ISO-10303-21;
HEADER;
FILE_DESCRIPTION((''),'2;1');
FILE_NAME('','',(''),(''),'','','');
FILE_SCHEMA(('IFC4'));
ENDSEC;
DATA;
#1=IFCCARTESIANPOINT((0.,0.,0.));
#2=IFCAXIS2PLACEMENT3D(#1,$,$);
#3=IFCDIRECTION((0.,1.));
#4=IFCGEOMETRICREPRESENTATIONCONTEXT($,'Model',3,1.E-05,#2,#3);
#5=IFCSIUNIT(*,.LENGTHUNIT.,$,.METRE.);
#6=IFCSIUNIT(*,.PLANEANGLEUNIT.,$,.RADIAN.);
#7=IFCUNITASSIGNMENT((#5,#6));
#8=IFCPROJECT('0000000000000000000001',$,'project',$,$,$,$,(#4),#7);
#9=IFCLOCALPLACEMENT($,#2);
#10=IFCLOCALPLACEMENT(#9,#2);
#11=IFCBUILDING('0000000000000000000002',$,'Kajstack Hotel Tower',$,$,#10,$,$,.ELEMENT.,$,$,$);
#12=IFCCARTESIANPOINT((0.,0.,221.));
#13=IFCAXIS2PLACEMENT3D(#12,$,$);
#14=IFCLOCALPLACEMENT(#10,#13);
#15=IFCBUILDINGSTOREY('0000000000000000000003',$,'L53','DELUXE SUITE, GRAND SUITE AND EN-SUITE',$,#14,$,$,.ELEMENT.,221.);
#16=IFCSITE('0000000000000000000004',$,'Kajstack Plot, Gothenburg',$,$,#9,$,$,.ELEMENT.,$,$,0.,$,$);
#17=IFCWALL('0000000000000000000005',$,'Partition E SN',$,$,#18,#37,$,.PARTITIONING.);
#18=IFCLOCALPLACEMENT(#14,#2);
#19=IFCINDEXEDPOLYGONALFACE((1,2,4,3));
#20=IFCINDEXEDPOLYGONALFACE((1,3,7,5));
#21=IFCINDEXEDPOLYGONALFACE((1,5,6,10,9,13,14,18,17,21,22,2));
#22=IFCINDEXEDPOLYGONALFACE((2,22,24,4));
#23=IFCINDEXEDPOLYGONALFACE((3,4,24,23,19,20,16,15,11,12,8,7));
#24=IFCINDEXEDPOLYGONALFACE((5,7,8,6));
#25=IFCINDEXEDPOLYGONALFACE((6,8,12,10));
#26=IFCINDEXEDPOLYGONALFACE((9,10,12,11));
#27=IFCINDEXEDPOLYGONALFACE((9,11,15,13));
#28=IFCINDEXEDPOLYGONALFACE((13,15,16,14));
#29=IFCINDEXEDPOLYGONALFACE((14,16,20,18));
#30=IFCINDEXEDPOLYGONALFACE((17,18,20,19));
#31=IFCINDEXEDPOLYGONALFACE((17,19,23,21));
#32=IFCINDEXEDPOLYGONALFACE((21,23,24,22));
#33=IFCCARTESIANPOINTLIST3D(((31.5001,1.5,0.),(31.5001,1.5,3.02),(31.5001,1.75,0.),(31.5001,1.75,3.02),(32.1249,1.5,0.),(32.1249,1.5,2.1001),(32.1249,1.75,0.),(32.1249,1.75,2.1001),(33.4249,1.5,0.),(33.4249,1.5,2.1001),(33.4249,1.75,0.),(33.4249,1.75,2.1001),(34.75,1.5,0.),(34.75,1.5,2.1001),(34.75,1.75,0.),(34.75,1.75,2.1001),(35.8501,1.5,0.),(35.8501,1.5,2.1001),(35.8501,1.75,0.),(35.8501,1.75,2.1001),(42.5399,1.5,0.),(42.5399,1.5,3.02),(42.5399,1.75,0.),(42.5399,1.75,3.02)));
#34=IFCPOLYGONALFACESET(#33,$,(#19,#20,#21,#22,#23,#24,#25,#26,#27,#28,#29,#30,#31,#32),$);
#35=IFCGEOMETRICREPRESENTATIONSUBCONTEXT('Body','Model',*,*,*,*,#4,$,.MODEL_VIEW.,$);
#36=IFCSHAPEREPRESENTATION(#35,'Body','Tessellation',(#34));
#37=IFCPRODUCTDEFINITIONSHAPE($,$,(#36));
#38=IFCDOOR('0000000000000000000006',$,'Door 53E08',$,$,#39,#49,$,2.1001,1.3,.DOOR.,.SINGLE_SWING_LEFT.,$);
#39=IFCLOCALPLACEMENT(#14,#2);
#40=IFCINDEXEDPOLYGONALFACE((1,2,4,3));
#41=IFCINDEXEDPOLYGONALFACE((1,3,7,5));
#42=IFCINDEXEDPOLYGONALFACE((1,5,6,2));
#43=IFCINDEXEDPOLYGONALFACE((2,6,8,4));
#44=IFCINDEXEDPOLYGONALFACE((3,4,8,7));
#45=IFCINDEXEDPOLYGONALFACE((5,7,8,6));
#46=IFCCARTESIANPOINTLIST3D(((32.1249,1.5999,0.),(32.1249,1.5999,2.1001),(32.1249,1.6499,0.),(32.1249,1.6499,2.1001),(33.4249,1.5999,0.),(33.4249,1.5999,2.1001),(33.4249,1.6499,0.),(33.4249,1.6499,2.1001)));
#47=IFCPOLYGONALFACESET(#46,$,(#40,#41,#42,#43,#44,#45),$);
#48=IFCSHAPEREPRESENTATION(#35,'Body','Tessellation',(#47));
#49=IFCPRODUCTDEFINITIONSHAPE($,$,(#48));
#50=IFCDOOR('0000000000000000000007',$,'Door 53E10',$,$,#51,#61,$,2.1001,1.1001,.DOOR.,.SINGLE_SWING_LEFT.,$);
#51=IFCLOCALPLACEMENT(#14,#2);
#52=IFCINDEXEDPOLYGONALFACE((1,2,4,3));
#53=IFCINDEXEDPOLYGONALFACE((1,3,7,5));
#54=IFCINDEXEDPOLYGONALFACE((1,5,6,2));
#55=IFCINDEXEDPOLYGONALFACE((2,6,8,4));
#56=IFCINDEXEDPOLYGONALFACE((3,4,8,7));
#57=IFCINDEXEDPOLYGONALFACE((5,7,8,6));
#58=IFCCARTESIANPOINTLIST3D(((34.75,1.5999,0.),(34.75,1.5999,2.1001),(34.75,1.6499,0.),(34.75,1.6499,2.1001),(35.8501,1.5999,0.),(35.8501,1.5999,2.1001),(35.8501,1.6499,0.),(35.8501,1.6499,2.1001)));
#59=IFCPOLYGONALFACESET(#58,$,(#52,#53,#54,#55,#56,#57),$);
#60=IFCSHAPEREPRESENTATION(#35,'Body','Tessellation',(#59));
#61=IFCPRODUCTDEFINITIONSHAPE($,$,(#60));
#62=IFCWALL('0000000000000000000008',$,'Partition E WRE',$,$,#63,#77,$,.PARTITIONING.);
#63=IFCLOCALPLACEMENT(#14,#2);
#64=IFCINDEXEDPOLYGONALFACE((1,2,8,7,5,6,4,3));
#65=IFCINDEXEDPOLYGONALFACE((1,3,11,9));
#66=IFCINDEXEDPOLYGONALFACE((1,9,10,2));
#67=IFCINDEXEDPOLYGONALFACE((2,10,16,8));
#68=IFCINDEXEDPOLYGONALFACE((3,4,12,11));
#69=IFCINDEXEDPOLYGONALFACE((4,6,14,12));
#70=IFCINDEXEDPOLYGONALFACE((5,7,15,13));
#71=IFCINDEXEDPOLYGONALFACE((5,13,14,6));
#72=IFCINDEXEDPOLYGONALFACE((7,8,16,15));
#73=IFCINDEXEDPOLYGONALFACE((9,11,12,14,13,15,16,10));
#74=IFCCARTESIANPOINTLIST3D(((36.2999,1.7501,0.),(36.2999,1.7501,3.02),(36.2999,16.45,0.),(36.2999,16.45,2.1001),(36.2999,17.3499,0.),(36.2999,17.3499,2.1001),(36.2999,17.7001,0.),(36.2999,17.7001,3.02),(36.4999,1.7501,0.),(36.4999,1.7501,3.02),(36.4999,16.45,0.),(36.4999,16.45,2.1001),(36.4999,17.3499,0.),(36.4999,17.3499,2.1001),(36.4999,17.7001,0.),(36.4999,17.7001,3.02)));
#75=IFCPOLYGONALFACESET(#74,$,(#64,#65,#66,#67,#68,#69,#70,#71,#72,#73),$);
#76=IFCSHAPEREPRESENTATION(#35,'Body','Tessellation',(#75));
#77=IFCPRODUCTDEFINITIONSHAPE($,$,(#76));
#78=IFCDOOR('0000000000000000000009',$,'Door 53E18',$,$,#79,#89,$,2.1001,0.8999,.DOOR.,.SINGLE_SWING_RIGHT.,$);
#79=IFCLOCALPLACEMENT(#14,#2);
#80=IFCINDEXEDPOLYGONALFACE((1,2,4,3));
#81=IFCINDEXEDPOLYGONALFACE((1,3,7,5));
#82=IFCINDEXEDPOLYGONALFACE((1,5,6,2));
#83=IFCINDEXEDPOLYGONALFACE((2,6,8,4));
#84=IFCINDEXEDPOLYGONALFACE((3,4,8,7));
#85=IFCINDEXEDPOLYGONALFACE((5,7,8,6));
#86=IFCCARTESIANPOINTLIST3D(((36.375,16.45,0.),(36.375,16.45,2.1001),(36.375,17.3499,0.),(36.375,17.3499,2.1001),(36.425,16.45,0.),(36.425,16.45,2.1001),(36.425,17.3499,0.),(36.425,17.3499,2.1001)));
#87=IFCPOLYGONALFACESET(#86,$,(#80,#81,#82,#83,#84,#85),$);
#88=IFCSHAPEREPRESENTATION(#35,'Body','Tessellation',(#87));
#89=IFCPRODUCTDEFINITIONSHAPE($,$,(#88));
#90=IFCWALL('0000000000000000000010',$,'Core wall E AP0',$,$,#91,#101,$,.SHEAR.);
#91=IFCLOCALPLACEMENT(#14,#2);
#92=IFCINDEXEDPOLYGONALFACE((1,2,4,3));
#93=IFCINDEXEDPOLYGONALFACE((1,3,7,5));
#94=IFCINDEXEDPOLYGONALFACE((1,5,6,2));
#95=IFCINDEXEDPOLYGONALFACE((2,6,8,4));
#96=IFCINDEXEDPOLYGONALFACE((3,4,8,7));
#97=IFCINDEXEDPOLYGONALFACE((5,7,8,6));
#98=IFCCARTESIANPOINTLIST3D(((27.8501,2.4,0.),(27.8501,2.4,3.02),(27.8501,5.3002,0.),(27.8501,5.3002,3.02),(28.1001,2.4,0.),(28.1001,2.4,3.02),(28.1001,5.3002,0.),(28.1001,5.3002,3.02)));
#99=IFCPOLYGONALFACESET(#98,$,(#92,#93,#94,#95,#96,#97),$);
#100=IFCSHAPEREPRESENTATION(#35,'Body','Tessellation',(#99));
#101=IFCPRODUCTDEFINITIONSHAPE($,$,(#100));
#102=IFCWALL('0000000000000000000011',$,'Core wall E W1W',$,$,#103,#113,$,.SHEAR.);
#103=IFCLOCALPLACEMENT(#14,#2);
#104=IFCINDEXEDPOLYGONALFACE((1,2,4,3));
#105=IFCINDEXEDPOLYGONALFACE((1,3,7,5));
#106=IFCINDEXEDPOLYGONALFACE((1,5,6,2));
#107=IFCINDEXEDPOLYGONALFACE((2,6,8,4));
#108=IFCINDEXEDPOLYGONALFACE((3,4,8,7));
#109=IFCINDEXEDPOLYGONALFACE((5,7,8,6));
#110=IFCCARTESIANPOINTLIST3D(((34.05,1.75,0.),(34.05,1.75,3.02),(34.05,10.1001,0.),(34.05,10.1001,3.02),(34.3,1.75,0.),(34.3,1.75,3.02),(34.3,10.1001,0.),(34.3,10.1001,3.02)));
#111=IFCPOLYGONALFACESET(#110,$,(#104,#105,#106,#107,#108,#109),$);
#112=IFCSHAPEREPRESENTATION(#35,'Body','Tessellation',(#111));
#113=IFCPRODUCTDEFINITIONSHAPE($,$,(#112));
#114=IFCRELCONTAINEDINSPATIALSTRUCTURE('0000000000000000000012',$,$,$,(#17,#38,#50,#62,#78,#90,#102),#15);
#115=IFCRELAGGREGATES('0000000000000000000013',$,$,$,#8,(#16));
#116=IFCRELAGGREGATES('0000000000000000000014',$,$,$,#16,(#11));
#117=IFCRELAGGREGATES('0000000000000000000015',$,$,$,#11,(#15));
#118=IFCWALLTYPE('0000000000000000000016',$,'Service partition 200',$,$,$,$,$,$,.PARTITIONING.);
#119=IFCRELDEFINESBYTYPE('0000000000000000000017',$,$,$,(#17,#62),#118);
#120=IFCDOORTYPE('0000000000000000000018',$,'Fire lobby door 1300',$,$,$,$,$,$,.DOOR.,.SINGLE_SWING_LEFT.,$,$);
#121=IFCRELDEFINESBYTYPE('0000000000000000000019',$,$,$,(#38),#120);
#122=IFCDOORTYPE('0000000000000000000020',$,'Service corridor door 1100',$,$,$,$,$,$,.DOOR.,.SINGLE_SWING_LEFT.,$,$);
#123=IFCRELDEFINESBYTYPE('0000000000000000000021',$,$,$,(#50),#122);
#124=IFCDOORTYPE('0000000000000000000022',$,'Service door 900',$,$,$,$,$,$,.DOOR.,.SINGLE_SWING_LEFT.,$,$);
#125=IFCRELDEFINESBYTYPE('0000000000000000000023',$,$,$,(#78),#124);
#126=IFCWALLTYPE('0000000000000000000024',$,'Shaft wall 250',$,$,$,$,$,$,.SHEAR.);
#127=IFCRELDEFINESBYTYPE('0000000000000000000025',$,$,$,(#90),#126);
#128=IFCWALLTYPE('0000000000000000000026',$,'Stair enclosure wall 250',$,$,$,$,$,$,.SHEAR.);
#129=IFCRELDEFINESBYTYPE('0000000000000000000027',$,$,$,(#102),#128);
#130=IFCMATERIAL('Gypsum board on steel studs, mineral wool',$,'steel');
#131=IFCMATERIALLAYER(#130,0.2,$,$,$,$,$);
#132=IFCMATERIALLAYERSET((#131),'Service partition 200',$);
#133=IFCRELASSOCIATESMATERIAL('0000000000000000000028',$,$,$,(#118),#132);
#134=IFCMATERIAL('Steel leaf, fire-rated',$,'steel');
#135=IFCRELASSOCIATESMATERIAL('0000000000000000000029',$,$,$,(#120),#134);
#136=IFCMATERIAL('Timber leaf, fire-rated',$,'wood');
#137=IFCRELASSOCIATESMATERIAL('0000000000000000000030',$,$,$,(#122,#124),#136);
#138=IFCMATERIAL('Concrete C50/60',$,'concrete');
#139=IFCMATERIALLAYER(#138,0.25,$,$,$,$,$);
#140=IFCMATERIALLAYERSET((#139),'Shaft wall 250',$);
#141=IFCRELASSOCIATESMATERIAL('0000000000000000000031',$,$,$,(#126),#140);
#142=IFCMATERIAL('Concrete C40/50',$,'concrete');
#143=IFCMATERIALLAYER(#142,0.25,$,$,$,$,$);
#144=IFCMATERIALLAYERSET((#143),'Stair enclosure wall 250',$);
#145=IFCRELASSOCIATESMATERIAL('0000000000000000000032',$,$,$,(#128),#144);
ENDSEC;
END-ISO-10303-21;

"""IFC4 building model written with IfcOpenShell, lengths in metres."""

from ifc_helpers import new_model, si_unit, direction, frame, frame_2d, origin, place, context, subcontext, project, spatial, rectangle, extrude, material, layer, layer_set, type_object, element, fill, save


model = new_model("IFC4")

# Units and contexts
model_context = context("Model", 3, precision=1e-05, world=origin(), true_north=direction((0.0, 1.0)))
body_context = subcontext(model_context, "Body", "Model", "MODEL_VIEW")
ifc_project = project(units=[si_unit("LENGTHUNIT", "METRE"), si_unit("PLANEANGLEUNIT", "RADIAN")], contexts=[model_context])

# Site, building, storey
site_placement = place(None, origin())
site = spatial("IfcSite", under=ifc_project, at=site_placement, Name="Kajstack Plot, Gothenburg", CompositionType="ELEMENT", RefElevation=0.0)
building_placement = place(site_placement, origin())
building = spatial("IfcBuilding", under=site, at=building_placement, Name="Kajstack Hotel Tower", CompositionType="ELEMENT")
storey_placement = place(building_placement, frame((0.0, 0.0, 221.0)))
storey = spatial("IfcBuildingStorey", under=building, at=storey_placement, Name="L53", Description="DELUXE SUITE, GRAND SUITE AND EN-SUITE", CompositionType="ELEMENT", Elevation=221.0)

# Shared definitions
ifc_material_1 = material(Name="Concrete C50/60", Category="concrete")

# Wall, openings, doors
ifc_material_2 = material(Name="Gypsum board on steel studs, mineral wool", Category="steel")
ifc_layer_1 = layer(ifc_material_2, 0.2)
ifc_layer_set_1 = layer_set([ifc_layer_1], Name="Service partition 200")
wall_type_1 = type_object("IfcWallType", Name="Service partition 200", PredefinedType="PARTITIONING", material=ifc_layer_set_1)
wall_1_placement = place(storey_placement, frame((31.5, 1.625, 0.0), z_axis=(0.0, 0.0, 1.0), x_axis=(1.0, 0.0, 0.0)))
wall_1 = element("IfcWall", 1, at=wall_1_placement, inside=storey, type_object=wall_type_1, Name="Partition E SN", PredefinedType="PARTITIONING", context=body_context, shape_type="SweptSolid", body=[
    extrude(rectangle(XDim=11.0398, YDim=0.25, at=frame_2d((5.52, 0.0))), origin(), (0.0, 0.0, 1.0), 3.02),
])
opening_1_placement = place(wall_1_placement, frame((0.625, 0.0, 0.0)))
opening_1 = element("IfcOpeningElement", 2, at=opening_1_placement, cuts=wall_1, PredefinedType="OPENING", context=body_context, shape_type="SweptSolid", body=[
    extrude(rectangle(XDim=1.3, YDim=2.1001, at=frame_2d((0.6499, 1.05))), frame((0.0, 0.135, 0.0), z_axis=(0.0, -1.0, 0.0), x_axis=(1.0, 0.0, 0.0)), (0.0, 0.0, 1.0), 0.27),
])
opening_2_placement = place(wall_1_placement, frame((3.25, 0.0, 0.0)))
opening_2 = element("IfcOpeningElement", 3, at=opening_2_placement, cuts=wall_1, PredefinedType="OPENING", context=body_context, shape_type="SweptSolid", body=[
    extrude(rectangle(XDim=1.1001, YDim=2.1001, at=frame_2d((0.55, 1.05))), frame((0.0, 0.135, 0.0), z_axis=(0.0, -1.0, 0.0), x_axis=(1.0, 0.0, 0.0)), (0.0, 0.0, 1.0), 0.27),
])
ifc_material_3 = material(Name="Steel leaf, fire-rated", Category="steel")
door_type_1 = type_object("IfcDoorType", Name="Fire lobby door 1300", OperationType="SINGLE_SWING_LEFT", PredefinedType="DOOR", material=ifc_material_3)
door_1_placement = place(opening_1_placement, origin())
door_1 = element("IfcDoor", 4, at=door_1_placement, inside=storey, type_object=door_type_1, Name="Door 53E08", OperationType="SINGLE_SWING_LEFT", OverallHeight=2.1001, OverallWidth=1.3, PredefinedType="DOOR", context=body_context, shape_type="SweptSolid", body=[
    extrude(rectangle(XDim=1.3, YDim=2.1001, at=frame_2d((0.6499, 1.05))), frame((0.0, 0.0249, 0.0), z_axis=(0.0, -1.0, 0.0), x_axis=(1.0, 0.0, 0.0)), (0.0, 0.0, 1.0), 0.05),
])
fill(opening_1, door_1)
ifc_material_4 = material(Name="Timber leaf, fire-rated", Category="wood")
door_type_2 = type_object("IfcDoorType", Name="Service corridor door 1100", OperationType="SINGLE_SWING_LEFT", PredefinedType="DOOR", material=ifc_material_4)
door_2_placement = place(opening_2_placement, origin())
door_2 = element("IfcDoor", 5, at=door_2_placement, inside=storey, type_object=door_type_2, Name="Door 53E10", OperationType="SINGLE_SWING_LEFT", OverallHeight=2.1001, OverallWidth=1.1001, PredefinedType="DOOR", context=body_context, shape_type="SweptSolid", body=[
    extrude(rectangle(XDim=1.1001, YDim=2.1001, at=frame_2d((0.55, 1.05))), frame((0.0, 0.0249, 0.0), z_axis=(0.0, -1.0, 0.0), x_axis=(1.0, 0.0, 0.0)), (0.0, 0.0, 1.0), 0.05),
])
fill(opening_2, door_2)

# Wall, opening, door
wall_2_placement = place(storey_placement, frame((36.3999, 1.75, 0.0), z_axis=(0.0, 0.0, 1.0), x_axis=(0.0, 1.0, 0.0)))
wall_2 = element("IfcWall", 6, at=wall_2_placement, inside=storey, type_object=wall_type_1, Name="Partition E WRE", PredefinedType="PARTITIONING", context=body_context, shape_type="SweptSolid", body=[
    extrude(rectangle(XDim=15.95, YDim=0.2, at=frame_2d((7.9751, 0.0))), origin(), (0.0, 0.0, 1.0), 3.02),
])
opening_3_placement = place(wall_2_placement, frame((14.7, 0.0, 0.0)))
opening_3 = element("IfcOpeningElement", 7, at=opening_3_placement, cuts=wall_2, PredefinedType="OPENING", context=body_context, shape_type="SweptSolid", body=[
    extrude(rectangle(XDim=0.8999, YDim=2.1001, at=frame_2d((0.45, 1.05))), frame((0.0, 0.1099, 0.0), z_axis=(0.0, -1.0, 0.0), x_axis=(1.0, 0.0, 0.0)), (0.0, 0.0, 1.0), 0.22),
])
door_type_3 = type_object("IfcDoorType", Name="Service door 900", OperationType="SINGLE_SWING_LEFT", PredefinedType="DOOR", material=ifc_material_4)
door_3_placement = place(opening_3_placement, origin())
door_3 = element("IfcDoor", 8, at=door_3_placement, inside=storey, type_object=door_type_3, Name="Door 53E18", OperationType="SINGLE_SWING_RIGHT", OverallHeight=2.1001, OverallWidth=0.8999, PredefinedType="DOOR", context=body_context, shape_type="SweptSolid", body=[
    extrude(rectangle(XDim=0.8999, YDim=2.1001, at=frame_2d((0.45, 1.05))), frame((0.0, 0.0249, 0.0), z_axis=(0.0, -1.0, 0.0), x_axis=(1.0, 0.0, 0.0)), (0.0, 0.0, 1.0), 0.05),
])
fill(opening_3, door_3)

# Walls
ifc_layer_2 = layer(ifc_material_1, 0.25)
ifc_layer_set_2 = layer_set([ifc_layer_2], Name="Shaft wall 250")
wall_type_2 = type_object("IfcWallType", Name="Shaft wall 250", PredefinedType="SHEAR", material=ifc_layer_set_2)
wall_3_placement = place(storey_placement, frame((27.9751, 2.3999, 0.0), z_axis=(0.0, 0.0, 1.0), x_axis=(0.0, 1.0, 0.0)))
element("IfcWall", 9, at=wall_3_placement, inside=storey, type_object=wall_type_2, Name="Core wall E AP0", PredefinedType="SHEAR", context=body_context, shape_type="SweptSolid", body=[
    extrude(rectangle(XDim=2.9001, YDim=0.25, at=frame_2d((1.4502, 0.0))), origin(), (0.0, 0.0, 1.0), 3.02),
])
ifc_material_5 = material(Name="Concrete C40/50", Category="concrete")
ifc_layer_3 = layer(ifc_material_5, 0.25)
ifc_layer_set_3 = layer_set([ifc_layer_3], Name="Stair enclosure wall 250")
wall_type_3 = type_object("IfcWallType", Name="Stair enclosure wall 250", PredefinedType="SHEAR", material=ifc_layer_set_3)
wall_4_placement = place(storey_placement, frame((34.175, 1.75, 0.0), z_axis=(0.0, 0.0, 1.0), x_axis=(0.0, 1.0, 0.0)))
element("IfcWall", 10, at=wall_4_placement, inside=storey, type_object=wall_type_3, Name="Core wall E W1W", PredefinedType="SHEAR", context=body_context, shape_type="SweptSolid", body=[
    extrude(rectangle(XDim=8.3501, YDim=0.25, at=frame_2d((4.175, 0.0))), origin(), (0.0, 0.0, 1.0), 3.02),
])

save(model, "model.ifc")
